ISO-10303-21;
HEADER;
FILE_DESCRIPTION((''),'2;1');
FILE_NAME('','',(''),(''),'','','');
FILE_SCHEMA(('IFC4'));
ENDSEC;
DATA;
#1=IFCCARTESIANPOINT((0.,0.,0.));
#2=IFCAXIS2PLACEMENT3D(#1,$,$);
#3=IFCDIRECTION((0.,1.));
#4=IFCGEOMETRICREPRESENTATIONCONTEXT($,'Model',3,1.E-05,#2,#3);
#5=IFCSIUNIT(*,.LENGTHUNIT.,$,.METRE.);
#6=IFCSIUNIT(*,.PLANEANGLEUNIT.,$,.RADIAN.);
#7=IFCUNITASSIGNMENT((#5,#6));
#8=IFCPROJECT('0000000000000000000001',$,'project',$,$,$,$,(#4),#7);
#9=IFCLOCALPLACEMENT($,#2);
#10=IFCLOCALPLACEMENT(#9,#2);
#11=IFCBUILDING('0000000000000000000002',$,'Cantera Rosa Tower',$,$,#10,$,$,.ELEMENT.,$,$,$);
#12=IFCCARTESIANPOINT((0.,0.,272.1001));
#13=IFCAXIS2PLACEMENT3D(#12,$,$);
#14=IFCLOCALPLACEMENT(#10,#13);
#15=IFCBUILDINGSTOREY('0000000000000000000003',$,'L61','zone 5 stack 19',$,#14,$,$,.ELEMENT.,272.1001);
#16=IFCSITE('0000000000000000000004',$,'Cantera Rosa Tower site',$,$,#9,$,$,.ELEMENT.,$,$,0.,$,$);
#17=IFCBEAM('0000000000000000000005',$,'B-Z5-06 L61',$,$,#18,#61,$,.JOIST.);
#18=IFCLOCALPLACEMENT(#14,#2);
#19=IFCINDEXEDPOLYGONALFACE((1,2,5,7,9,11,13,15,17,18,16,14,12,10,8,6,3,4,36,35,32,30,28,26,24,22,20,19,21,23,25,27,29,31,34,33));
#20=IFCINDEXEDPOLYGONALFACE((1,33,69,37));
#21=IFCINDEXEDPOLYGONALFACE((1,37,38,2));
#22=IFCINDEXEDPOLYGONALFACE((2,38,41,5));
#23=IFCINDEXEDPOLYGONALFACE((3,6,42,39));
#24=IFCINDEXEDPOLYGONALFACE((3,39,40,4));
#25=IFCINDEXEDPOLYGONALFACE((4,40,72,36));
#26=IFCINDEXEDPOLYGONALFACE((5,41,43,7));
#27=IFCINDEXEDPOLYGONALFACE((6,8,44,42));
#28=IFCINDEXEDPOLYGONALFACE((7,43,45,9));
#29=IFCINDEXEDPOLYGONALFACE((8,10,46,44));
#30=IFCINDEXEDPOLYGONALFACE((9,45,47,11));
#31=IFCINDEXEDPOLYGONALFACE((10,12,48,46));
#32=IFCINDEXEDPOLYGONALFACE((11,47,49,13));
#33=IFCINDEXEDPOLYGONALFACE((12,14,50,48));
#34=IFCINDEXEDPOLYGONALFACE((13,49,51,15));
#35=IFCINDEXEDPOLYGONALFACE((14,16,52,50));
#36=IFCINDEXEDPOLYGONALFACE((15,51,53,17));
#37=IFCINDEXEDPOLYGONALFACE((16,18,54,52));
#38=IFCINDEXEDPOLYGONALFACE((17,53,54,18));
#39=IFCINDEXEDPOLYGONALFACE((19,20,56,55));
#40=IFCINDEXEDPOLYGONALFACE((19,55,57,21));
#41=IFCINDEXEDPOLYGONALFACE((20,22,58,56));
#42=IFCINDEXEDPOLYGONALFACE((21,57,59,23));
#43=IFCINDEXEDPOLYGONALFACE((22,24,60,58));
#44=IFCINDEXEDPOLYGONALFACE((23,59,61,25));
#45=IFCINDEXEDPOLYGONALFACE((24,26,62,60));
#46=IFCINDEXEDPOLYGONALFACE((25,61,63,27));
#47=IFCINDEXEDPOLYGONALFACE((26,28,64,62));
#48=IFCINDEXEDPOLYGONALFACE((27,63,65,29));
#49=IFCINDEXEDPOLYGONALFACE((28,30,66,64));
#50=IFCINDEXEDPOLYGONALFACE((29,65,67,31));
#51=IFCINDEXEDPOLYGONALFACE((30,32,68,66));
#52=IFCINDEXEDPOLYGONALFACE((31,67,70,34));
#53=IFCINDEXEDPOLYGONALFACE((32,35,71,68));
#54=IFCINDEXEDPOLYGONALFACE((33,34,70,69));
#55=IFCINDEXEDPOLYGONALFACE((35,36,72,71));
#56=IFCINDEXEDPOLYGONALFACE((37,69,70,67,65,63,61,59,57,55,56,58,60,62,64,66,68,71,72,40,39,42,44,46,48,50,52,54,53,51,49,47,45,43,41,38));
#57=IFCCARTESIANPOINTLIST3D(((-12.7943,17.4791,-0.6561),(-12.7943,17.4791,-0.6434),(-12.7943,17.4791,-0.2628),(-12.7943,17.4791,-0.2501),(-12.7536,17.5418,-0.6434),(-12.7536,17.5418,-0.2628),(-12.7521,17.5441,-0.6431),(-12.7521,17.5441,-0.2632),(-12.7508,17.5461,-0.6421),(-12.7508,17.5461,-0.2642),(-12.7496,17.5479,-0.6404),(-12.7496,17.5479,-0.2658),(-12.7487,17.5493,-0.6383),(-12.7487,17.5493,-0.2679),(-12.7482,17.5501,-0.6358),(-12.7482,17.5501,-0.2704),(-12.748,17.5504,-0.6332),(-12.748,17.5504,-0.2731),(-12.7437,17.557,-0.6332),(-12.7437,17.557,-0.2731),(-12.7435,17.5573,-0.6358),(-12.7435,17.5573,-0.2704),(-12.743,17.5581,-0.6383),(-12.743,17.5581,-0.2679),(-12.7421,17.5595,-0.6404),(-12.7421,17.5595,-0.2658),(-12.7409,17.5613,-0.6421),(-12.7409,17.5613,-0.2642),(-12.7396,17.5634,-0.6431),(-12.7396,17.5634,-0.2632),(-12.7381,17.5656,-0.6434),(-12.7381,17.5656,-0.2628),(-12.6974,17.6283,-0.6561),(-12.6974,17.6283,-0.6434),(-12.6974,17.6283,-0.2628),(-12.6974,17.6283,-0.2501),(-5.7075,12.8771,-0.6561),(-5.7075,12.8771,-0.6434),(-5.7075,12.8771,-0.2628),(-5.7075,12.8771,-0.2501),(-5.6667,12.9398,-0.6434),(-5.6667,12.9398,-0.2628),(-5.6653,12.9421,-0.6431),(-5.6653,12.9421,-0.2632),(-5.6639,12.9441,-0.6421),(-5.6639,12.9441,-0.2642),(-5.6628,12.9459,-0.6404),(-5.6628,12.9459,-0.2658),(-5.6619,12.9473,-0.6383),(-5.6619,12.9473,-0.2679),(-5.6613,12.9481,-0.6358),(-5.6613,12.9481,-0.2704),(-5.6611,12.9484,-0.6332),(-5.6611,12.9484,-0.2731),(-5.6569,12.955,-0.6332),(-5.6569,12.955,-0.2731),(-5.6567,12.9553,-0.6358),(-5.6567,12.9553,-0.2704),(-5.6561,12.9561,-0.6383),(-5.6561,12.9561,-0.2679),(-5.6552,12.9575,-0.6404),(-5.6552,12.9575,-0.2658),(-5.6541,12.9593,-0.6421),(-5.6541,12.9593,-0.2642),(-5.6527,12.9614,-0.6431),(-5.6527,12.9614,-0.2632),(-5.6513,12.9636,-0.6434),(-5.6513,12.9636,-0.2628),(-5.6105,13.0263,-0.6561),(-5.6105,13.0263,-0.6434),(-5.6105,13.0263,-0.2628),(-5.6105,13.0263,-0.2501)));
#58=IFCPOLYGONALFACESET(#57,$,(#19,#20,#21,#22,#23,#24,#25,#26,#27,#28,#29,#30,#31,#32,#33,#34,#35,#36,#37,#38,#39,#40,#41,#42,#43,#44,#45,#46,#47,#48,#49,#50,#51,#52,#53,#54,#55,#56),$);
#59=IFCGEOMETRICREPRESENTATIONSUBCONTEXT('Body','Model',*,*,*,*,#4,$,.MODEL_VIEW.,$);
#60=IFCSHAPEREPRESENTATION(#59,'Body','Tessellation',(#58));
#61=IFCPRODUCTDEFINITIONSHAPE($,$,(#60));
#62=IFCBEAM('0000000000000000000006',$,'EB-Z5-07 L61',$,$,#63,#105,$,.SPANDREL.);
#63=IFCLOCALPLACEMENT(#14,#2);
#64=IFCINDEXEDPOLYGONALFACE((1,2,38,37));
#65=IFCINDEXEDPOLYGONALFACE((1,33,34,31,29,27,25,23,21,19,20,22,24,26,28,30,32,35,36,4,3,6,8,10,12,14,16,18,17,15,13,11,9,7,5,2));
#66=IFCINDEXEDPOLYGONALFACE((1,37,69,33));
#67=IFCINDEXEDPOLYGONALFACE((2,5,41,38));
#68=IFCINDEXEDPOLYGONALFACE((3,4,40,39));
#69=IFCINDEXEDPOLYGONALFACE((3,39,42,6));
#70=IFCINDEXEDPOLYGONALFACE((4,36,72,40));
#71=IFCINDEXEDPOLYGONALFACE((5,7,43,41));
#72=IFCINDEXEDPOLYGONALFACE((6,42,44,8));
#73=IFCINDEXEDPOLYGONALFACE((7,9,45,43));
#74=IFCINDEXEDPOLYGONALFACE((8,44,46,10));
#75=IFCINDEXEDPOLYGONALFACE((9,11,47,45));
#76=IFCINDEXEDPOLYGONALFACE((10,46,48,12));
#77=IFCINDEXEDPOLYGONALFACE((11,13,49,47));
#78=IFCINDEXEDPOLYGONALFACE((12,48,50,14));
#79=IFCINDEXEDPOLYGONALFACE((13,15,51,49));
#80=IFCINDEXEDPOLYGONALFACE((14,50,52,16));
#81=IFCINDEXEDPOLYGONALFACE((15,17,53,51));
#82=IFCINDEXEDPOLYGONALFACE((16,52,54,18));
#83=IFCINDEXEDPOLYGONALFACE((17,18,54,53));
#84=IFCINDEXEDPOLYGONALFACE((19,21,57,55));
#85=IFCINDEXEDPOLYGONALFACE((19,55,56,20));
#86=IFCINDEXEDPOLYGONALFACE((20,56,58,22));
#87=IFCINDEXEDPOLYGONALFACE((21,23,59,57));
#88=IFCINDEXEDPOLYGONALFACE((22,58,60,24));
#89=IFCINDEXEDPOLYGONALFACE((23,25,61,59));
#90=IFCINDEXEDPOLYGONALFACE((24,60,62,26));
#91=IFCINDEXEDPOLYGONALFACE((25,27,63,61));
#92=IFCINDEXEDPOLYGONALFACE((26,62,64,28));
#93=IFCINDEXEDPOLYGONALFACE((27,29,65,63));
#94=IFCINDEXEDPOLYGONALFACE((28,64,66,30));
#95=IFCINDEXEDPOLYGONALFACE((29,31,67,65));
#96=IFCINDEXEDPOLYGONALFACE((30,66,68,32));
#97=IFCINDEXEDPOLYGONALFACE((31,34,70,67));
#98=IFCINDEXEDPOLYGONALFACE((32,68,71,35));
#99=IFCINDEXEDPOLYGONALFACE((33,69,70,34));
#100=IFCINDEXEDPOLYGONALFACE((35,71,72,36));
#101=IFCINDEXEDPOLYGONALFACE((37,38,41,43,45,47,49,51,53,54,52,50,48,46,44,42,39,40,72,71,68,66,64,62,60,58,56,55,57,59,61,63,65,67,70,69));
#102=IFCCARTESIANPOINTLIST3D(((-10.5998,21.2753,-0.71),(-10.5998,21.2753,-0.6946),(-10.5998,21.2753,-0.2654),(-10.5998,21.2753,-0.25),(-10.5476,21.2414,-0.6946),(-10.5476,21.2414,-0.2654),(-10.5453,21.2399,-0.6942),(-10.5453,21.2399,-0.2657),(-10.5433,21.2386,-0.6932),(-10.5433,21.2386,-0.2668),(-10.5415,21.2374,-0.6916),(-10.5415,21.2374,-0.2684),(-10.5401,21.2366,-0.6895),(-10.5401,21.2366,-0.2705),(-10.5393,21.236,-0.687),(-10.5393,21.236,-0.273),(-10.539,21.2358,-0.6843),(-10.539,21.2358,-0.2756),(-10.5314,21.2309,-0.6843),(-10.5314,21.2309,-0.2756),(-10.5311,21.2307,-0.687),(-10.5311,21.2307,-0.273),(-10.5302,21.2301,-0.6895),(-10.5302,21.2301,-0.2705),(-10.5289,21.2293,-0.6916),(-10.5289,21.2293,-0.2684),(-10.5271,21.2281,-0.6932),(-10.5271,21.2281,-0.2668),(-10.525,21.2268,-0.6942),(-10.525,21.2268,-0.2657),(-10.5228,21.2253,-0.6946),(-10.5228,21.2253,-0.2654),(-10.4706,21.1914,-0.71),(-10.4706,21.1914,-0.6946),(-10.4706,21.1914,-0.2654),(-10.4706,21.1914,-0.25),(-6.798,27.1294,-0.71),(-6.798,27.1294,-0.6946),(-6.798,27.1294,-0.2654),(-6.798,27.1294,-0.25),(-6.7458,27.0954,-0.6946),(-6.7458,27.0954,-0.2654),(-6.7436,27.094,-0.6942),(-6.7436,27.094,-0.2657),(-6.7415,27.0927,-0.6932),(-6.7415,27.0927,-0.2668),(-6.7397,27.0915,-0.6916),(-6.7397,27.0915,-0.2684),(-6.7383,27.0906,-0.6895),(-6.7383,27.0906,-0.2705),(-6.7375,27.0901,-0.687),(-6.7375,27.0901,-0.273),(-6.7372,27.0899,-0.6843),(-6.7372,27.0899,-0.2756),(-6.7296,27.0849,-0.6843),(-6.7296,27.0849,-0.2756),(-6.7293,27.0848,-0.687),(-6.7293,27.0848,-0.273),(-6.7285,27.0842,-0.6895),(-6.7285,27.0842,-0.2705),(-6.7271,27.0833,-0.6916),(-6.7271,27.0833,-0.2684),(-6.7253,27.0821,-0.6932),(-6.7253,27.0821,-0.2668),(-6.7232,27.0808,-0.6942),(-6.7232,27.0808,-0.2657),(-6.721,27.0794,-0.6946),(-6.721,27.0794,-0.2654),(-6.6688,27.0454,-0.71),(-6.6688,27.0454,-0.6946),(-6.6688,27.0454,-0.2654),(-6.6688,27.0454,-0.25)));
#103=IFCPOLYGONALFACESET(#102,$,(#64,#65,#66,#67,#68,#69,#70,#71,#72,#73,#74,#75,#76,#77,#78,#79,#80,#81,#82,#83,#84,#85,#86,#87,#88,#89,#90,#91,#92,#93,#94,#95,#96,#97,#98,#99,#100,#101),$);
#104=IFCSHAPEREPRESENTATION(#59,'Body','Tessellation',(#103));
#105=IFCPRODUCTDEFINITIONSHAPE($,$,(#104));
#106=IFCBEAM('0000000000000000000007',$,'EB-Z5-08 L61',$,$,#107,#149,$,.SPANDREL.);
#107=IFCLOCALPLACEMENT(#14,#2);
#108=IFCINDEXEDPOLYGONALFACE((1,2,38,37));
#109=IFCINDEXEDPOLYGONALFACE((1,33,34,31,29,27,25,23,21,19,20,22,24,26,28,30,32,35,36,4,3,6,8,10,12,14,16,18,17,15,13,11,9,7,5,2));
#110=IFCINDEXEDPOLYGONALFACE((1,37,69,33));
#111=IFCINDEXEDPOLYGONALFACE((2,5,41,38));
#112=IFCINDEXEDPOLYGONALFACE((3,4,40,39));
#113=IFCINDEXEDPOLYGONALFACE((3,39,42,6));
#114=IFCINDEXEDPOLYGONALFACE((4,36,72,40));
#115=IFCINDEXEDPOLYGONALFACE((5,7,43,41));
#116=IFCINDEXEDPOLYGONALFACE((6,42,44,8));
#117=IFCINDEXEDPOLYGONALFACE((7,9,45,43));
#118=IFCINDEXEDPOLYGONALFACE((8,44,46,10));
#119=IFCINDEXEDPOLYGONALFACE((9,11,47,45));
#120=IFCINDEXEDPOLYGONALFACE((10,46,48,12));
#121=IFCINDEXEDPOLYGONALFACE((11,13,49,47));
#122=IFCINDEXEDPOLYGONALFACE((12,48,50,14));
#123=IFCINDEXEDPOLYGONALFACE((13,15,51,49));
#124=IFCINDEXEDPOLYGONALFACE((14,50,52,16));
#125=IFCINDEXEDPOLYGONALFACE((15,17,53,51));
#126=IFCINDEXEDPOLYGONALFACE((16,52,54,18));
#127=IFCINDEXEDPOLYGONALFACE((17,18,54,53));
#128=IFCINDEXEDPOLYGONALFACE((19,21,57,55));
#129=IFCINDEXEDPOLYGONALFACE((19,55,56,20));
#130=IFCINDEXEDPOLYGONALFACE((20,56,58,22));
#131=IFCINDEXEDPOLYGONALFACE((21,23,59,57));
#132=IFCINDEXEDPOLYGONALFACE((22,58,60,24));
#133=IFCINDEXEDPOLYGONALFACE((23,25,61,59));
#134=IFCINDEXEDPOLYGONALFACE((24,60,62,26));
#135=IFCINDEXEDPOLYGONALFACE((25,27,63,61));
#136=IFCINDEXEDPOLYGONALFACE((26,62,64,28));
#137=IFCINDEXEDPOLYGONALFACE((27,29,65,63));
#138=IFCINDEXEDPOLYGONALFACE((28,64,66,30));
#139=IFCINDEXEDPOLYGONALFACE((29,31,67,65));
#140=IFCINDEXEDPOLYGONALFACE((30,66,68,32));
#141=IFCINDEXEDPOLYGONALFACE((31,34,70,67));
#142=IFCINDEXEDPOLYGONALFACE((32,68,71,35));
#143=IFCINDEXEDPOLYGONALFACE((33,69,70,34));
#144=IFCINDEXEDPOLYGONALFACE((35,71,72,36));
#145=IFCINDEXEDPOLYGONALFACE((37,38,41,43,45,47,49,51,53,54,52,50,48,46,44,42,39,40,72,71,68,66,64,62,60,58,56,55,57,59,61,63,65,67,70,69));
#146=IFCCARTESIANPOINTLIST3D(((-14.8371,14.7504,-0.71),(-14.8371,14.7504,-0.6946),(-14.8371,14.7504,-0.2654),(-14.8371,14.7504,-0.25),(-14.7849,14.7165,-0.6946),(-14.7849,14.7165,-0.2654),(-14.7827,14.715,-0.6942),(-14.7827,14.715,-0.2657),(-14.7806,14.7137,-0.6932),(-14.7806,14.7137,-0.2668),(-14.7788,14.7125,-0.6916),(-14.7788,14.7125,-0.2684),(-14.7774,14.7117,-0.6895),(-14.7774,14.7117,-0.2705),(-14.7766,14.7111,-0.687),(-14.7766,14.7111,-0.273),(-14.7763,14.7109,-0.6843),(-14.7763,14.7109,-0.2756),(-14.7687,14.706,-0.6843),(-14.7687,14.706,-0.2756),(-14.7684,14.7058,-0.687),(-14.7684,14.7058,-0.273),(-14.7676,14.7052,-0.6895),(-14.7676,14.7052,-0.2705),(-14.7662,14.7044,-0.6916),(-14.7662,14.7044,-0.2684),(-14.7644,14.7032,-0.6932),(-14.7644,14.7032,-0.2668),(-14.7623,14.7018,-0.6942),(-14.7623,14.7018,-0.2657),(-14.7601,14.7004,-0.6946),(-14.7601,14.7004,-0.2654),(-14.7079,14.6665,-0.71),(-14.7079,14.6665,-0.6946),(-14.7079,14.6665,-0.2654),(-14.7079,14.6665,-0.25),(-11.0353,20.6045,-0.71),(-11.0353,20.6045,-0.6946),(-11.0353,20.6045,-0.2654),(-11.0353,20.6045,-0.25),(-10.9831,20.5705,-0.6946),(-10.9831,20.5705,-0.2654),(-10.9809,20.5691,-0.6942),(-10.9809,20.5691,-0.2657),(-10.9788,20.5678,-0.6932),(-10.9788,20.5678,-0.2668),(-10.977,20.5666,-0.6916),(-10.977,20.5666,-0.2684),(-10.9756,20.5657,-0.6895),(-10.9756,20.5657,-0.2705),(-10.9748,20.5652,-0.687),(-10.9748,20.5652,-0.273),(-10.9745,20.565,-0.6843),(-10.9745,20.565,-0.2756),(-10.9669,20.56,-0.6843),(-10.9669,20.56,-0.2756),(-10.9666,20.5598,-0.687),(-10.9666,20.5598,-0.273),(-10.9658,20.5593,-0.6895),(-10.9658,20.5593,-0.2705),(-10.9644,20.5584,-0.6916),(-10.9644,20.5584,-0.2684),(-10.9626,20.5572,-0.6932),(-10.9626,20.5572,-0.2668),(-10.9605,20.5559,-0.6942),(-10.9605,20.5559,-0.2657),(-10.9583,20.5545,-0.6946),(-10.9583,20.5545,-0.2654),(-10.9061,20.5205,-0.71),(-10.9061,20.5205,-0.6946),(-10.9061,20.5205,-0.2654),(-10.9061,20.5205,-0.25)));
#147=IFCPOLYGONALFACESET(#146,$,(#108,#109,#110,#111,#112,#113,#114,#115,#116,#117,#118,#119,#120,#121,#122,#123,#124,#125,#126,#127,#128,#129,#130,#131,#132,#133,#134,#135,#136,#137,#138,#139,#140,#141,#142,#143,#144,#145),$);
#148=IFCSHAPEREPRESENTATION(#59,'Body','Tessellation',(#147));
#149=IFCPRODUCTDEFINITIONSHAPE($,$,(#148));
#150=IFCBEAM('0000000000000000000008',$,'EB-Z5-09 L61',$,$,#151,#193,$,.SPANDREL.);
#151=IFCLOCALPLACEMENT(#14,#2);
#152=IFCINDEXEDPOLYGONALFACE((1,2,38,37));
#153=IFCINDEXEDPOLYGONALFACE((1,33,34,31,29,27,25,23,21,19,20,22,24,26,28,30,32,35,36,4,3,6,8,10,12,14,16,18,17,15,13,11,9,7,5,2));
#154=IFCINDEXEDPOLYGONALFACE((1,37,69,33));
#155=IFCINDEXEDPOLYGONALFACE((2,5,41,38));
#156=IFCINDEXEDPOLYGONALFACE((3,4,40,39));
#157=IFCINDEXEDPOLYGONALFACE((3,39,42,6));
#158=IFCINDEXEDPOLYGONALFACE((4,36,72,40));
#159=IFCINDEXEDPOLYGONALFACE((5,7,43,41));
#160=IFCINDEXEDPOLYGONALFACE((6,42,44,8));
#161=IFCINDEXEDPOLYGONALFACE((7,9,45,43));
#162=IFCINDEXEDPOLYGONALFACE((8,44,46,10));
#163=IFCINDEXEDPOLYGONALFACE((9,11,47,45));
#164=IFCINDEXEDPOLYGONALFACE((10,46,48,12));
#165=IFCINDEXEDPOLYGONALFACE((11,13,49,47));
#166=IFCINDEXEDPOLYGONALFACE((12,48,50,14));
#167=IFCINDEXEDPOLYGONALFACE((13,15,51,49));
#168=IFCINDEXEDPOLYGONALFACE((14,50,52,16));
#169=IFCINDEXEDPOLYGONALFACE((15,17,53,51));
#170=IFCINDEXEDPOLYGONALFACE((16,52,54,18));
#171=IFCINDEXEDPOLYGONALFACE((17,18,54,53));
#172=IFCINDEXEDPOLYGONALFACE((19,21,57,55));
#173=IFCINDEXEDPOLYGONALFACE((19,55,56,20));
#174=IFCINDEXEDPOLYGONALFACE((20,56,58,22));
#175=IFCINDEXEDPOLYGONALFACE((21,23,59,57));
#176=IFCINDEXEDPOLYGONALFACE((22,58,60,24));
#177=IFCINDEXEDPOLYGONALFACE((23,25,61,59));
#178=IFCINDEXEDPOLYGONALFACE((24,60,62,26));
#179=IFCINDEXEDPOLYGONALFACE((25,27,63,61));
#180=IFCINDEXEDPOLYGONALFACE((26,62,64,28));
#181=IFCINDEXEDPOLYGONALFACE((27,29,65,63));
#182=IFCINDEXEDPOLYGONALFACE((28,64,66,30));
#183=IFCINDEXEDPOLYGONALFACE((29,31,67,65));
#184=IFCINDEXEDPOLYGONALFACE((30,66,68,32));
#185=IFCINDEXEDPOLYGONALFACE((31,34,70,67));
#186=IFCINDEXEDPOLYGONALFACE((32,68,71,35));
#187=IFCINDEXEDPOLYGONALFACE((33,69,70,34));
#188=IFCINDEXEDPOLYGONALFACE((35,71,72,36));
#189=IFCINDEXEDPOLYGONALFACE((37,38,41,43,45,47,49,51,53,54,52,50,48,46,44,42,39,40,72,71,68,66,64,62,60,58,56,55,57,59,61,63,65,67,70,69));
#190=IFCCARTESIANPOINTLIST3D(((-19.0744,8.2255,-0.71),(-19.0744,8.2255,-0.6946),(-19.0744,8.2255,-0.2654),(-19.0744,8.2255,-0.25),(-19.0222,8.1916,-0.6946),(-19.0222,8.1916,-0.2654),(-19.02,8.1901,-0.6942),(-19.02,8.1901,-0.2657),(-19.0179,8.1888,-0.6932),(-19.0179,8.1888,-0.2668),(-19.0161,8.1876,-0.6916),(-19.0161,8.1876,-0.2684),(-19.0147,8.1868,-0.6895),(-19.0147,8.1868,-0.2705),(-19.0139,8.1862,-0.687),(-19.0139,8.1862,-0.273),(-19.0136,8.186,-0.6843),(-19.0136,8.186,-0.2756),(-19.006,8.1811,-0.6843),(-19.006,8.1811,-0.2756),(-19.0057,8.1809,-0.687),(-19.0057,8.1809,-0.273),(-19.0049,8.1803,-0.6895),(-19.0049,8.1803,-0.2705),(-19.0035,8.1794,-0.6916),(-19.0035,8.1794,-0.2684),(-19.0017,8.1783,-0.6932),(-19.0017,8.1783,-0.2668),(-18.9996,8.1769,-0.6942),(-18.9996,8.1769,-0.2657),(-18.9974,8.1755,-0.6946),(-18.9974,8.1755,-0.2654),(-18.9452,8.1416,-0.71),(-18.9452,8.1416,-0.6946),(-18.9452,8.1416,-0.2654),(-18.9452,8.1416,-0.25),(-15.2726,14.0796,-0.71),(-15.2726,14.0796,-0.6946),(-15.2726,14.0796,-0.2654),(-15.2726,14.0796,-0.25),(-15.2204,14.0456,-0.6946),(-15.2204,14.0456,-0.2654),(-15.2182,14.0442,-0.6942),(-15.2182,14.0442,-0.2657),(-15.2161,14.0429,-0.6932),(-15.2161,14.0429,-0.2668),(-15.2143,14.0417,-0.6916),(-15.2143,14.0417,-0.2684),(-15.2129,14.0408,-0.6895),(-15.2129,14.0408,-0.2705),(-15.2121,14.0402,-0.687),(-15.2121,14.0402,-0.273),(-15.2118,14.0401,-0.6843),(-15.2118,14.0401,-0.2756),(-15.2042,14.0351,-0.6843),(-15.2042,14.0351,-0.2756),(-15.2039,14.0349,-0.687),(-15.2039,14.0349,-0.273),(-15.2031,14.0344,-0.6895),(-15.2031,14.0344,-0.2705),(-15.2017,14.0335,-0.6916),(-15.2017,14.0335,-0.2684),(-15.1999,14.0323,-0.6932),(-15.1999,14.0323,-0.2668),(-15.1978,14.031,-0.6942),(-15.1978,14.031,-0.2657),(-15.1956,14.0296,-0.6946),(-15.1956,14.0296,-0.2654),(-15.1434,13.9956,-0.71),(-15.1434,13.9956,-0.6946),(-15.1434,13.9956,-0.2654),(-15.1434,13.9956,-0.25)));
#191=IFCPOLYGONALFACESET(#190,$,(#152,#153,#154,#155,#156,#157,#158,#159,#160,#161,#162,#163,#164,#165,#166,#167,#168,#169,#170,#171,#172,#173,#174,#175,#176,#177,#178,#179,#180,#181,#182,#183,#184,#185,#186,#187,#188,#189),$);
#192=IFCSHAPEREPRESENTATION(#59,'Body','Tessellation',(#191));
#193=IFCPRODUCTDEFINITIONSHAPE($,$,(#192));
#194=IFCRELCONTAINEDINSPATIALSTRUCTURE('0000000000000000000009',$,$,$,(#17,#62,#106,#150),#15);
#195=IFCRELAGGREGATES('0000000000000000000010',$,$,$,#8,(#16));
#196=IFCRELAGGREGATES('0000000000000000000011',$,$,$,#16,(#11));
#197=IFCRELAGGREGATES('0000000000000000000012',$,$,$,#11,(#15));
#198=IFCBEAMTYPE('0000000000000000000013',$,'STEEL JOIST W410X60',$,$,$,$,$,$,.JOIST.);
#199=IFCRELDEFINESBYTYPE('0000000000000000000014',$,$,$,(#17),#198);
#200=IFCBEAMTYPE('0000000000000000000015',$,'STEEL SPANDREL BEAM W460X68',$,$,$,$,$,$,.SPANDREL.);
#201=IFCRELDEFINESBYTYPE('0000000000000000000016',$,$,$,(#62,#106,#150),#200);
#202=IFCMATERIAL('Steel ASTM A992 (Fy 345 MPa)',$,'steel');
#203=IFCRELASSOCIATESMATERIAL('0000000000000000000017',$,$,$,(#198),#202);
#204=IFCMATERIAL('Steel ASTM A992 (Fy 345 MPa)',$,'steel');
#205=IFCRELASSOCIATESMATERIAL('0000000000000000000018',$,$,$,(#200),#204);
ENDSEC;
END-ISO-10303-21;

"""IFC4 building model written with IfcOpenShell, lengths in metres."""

from ifc_helpers import new_model, si_unit, direction, frame, origin, origin_2d, place, context, subcontext, project, spatial, i_section, extrude, material, material_profile, profile_set, type_object, element, save


model = new_model("IFC4")

# Units and contexts
model_context = context("Model", 3, precision=1e-05, world=origin(), true_north=direction((0.0, 1.0)))
body_context = subcontext(model_context, "Body", "Model", "MODEL_VIEW")
ifc_project = project(units=[si_unit("LENGTHUNIT", "METRE"), si_unit("PLANEANGLEUNIT", "RADIAN")], contexts=[model_context])

# Site, building, storey
site_placement = place(None, origin())
site = spatial("IfcSite", under=ifc_project, at=site_placement, Name="Cantera Rosa Tower site", CompositionType="ELEMENT", RefElevation=0.0)
building_placement = place(site_placement, origin())
building = spatial("IfcBuilding", under=site, at=building_placement, Name="Cantera Rosa Tower", CompositionType="ELEMENT")
storey_placement = place(building_placement, frame((0.0, 0.0, 272.1001)))
storey = spatial("IfcBuildingStorey", under=building, at=storey_placement, Name="L61", Description="zone 5 stack 19", CompositionType="ELEMENT", Elevation=272.1001)

# Beams
ifc_material_1 = material(Name="Steel ASTM A992 (Fy 345 MPa)", Category="steel")
ifc_material_profile_1 = material_profile(ifc_material_1, i_section(OverallWidth=0.178, OverallDepth=0.406, WebThickness=0.0078, FlangeThickness=0.0127, FilletRadius=0.0103, at=origin_2d()), Name="W410X60")
ifc_profile_set_1 = profile_set([ifc_material_profile_1], Name="Steel ASTM A992 (Fy 345 MPa)")
beam_type_1 = type_object("IfcBeamType", Name="STEEL JOIST W410X60", PredefinedType="JOIST", material=ifc_profile_set_1)
beam_1_placement = place(storey_placement, frame((-12.7458, 17.5537, -0.4531), z_axis=(0.838684, -0.544619, 0.0), x_axis=(0.544619, 0.838684, 0.0)))
element("IfcBeam", 1, at=beam_1_placement, inside=storey, type_object=beam_type_1, Name="B-Z5-06 L61", PredefinedType="JOIST", context=body_context, shape_type="SweptSolid", body=[
    extrude(i_section(OverallWidth=0.178, OverallDepth=0.406, WebThickness=0.0078, FlangeThickness=0.0127, FilletRadius=0.0103, at=origin_2d()), origin(), (0.0, 0.0, 1.0), 8.45),
])
ifc_material_2 = material(Name="Steel ASTM A992 (Fy 345 MPa)", Category="steel")
ifc_material_profile_2 = material_profile(ifc_material_2, i_section(OverallWidth=0.1541, OverallDepth=0.46, WebThickness=0.009, FlangeThickness=0.0154, FilletRadius=0.0103, at=origin_2d()), Name="W460X68")
ifc_profile_set_2 = profile_set([ifc_material_profile_2], Name="Steel ASTM A992 (Fy 345 MPa)")
beam_type_2 = type_object("IfcBeamType", Name="STEEL SPANDREL BEAM W460X68", PredefinedType="SPANDREL", material=ifc_profile_set_2)
for number, where, z_axis, x_axis, name in (
    (2, (-6.7334, 27.0874, -0.48), (-0.544651, -0.838663, 0.0), (0.838663, -0.544651, 0.0), "EB-Z5-07 L61"),
    (3, (-10.9707, 20.5625, -0.48), (-0.544651, -0.838663, 0.0), (0.838663, -0.544651, 0.0), "EB-Z5-08 L61"),
    (4, (-15.208, 14.0376, -0.48), (-0.544651, -0.838663, 0.0), (0.838663, -0.544651, 0.0), "EB-Z5-09 L61"),
):
    element("IfcBeam", number, at=place(storey_placement, frame(where, z_axis=z_axis, x_axis=x_axis)), inside=storey, type_object=beam_type_2, Name=name, PredefinedType="SPANDREL", context=body_context, shape_type="SweptSolid", body=[
        extrude(i_section(OverallWidth=0.1541, OverallDepth=0.46, WebThickness=0.009, FlangeThickness=0.0154, FilletRadius=0.0103, at=origin_2d()), origin(), (0.0, 0.0, 1.0), 6.9802),
    ])

save(model, "model.ifc")
